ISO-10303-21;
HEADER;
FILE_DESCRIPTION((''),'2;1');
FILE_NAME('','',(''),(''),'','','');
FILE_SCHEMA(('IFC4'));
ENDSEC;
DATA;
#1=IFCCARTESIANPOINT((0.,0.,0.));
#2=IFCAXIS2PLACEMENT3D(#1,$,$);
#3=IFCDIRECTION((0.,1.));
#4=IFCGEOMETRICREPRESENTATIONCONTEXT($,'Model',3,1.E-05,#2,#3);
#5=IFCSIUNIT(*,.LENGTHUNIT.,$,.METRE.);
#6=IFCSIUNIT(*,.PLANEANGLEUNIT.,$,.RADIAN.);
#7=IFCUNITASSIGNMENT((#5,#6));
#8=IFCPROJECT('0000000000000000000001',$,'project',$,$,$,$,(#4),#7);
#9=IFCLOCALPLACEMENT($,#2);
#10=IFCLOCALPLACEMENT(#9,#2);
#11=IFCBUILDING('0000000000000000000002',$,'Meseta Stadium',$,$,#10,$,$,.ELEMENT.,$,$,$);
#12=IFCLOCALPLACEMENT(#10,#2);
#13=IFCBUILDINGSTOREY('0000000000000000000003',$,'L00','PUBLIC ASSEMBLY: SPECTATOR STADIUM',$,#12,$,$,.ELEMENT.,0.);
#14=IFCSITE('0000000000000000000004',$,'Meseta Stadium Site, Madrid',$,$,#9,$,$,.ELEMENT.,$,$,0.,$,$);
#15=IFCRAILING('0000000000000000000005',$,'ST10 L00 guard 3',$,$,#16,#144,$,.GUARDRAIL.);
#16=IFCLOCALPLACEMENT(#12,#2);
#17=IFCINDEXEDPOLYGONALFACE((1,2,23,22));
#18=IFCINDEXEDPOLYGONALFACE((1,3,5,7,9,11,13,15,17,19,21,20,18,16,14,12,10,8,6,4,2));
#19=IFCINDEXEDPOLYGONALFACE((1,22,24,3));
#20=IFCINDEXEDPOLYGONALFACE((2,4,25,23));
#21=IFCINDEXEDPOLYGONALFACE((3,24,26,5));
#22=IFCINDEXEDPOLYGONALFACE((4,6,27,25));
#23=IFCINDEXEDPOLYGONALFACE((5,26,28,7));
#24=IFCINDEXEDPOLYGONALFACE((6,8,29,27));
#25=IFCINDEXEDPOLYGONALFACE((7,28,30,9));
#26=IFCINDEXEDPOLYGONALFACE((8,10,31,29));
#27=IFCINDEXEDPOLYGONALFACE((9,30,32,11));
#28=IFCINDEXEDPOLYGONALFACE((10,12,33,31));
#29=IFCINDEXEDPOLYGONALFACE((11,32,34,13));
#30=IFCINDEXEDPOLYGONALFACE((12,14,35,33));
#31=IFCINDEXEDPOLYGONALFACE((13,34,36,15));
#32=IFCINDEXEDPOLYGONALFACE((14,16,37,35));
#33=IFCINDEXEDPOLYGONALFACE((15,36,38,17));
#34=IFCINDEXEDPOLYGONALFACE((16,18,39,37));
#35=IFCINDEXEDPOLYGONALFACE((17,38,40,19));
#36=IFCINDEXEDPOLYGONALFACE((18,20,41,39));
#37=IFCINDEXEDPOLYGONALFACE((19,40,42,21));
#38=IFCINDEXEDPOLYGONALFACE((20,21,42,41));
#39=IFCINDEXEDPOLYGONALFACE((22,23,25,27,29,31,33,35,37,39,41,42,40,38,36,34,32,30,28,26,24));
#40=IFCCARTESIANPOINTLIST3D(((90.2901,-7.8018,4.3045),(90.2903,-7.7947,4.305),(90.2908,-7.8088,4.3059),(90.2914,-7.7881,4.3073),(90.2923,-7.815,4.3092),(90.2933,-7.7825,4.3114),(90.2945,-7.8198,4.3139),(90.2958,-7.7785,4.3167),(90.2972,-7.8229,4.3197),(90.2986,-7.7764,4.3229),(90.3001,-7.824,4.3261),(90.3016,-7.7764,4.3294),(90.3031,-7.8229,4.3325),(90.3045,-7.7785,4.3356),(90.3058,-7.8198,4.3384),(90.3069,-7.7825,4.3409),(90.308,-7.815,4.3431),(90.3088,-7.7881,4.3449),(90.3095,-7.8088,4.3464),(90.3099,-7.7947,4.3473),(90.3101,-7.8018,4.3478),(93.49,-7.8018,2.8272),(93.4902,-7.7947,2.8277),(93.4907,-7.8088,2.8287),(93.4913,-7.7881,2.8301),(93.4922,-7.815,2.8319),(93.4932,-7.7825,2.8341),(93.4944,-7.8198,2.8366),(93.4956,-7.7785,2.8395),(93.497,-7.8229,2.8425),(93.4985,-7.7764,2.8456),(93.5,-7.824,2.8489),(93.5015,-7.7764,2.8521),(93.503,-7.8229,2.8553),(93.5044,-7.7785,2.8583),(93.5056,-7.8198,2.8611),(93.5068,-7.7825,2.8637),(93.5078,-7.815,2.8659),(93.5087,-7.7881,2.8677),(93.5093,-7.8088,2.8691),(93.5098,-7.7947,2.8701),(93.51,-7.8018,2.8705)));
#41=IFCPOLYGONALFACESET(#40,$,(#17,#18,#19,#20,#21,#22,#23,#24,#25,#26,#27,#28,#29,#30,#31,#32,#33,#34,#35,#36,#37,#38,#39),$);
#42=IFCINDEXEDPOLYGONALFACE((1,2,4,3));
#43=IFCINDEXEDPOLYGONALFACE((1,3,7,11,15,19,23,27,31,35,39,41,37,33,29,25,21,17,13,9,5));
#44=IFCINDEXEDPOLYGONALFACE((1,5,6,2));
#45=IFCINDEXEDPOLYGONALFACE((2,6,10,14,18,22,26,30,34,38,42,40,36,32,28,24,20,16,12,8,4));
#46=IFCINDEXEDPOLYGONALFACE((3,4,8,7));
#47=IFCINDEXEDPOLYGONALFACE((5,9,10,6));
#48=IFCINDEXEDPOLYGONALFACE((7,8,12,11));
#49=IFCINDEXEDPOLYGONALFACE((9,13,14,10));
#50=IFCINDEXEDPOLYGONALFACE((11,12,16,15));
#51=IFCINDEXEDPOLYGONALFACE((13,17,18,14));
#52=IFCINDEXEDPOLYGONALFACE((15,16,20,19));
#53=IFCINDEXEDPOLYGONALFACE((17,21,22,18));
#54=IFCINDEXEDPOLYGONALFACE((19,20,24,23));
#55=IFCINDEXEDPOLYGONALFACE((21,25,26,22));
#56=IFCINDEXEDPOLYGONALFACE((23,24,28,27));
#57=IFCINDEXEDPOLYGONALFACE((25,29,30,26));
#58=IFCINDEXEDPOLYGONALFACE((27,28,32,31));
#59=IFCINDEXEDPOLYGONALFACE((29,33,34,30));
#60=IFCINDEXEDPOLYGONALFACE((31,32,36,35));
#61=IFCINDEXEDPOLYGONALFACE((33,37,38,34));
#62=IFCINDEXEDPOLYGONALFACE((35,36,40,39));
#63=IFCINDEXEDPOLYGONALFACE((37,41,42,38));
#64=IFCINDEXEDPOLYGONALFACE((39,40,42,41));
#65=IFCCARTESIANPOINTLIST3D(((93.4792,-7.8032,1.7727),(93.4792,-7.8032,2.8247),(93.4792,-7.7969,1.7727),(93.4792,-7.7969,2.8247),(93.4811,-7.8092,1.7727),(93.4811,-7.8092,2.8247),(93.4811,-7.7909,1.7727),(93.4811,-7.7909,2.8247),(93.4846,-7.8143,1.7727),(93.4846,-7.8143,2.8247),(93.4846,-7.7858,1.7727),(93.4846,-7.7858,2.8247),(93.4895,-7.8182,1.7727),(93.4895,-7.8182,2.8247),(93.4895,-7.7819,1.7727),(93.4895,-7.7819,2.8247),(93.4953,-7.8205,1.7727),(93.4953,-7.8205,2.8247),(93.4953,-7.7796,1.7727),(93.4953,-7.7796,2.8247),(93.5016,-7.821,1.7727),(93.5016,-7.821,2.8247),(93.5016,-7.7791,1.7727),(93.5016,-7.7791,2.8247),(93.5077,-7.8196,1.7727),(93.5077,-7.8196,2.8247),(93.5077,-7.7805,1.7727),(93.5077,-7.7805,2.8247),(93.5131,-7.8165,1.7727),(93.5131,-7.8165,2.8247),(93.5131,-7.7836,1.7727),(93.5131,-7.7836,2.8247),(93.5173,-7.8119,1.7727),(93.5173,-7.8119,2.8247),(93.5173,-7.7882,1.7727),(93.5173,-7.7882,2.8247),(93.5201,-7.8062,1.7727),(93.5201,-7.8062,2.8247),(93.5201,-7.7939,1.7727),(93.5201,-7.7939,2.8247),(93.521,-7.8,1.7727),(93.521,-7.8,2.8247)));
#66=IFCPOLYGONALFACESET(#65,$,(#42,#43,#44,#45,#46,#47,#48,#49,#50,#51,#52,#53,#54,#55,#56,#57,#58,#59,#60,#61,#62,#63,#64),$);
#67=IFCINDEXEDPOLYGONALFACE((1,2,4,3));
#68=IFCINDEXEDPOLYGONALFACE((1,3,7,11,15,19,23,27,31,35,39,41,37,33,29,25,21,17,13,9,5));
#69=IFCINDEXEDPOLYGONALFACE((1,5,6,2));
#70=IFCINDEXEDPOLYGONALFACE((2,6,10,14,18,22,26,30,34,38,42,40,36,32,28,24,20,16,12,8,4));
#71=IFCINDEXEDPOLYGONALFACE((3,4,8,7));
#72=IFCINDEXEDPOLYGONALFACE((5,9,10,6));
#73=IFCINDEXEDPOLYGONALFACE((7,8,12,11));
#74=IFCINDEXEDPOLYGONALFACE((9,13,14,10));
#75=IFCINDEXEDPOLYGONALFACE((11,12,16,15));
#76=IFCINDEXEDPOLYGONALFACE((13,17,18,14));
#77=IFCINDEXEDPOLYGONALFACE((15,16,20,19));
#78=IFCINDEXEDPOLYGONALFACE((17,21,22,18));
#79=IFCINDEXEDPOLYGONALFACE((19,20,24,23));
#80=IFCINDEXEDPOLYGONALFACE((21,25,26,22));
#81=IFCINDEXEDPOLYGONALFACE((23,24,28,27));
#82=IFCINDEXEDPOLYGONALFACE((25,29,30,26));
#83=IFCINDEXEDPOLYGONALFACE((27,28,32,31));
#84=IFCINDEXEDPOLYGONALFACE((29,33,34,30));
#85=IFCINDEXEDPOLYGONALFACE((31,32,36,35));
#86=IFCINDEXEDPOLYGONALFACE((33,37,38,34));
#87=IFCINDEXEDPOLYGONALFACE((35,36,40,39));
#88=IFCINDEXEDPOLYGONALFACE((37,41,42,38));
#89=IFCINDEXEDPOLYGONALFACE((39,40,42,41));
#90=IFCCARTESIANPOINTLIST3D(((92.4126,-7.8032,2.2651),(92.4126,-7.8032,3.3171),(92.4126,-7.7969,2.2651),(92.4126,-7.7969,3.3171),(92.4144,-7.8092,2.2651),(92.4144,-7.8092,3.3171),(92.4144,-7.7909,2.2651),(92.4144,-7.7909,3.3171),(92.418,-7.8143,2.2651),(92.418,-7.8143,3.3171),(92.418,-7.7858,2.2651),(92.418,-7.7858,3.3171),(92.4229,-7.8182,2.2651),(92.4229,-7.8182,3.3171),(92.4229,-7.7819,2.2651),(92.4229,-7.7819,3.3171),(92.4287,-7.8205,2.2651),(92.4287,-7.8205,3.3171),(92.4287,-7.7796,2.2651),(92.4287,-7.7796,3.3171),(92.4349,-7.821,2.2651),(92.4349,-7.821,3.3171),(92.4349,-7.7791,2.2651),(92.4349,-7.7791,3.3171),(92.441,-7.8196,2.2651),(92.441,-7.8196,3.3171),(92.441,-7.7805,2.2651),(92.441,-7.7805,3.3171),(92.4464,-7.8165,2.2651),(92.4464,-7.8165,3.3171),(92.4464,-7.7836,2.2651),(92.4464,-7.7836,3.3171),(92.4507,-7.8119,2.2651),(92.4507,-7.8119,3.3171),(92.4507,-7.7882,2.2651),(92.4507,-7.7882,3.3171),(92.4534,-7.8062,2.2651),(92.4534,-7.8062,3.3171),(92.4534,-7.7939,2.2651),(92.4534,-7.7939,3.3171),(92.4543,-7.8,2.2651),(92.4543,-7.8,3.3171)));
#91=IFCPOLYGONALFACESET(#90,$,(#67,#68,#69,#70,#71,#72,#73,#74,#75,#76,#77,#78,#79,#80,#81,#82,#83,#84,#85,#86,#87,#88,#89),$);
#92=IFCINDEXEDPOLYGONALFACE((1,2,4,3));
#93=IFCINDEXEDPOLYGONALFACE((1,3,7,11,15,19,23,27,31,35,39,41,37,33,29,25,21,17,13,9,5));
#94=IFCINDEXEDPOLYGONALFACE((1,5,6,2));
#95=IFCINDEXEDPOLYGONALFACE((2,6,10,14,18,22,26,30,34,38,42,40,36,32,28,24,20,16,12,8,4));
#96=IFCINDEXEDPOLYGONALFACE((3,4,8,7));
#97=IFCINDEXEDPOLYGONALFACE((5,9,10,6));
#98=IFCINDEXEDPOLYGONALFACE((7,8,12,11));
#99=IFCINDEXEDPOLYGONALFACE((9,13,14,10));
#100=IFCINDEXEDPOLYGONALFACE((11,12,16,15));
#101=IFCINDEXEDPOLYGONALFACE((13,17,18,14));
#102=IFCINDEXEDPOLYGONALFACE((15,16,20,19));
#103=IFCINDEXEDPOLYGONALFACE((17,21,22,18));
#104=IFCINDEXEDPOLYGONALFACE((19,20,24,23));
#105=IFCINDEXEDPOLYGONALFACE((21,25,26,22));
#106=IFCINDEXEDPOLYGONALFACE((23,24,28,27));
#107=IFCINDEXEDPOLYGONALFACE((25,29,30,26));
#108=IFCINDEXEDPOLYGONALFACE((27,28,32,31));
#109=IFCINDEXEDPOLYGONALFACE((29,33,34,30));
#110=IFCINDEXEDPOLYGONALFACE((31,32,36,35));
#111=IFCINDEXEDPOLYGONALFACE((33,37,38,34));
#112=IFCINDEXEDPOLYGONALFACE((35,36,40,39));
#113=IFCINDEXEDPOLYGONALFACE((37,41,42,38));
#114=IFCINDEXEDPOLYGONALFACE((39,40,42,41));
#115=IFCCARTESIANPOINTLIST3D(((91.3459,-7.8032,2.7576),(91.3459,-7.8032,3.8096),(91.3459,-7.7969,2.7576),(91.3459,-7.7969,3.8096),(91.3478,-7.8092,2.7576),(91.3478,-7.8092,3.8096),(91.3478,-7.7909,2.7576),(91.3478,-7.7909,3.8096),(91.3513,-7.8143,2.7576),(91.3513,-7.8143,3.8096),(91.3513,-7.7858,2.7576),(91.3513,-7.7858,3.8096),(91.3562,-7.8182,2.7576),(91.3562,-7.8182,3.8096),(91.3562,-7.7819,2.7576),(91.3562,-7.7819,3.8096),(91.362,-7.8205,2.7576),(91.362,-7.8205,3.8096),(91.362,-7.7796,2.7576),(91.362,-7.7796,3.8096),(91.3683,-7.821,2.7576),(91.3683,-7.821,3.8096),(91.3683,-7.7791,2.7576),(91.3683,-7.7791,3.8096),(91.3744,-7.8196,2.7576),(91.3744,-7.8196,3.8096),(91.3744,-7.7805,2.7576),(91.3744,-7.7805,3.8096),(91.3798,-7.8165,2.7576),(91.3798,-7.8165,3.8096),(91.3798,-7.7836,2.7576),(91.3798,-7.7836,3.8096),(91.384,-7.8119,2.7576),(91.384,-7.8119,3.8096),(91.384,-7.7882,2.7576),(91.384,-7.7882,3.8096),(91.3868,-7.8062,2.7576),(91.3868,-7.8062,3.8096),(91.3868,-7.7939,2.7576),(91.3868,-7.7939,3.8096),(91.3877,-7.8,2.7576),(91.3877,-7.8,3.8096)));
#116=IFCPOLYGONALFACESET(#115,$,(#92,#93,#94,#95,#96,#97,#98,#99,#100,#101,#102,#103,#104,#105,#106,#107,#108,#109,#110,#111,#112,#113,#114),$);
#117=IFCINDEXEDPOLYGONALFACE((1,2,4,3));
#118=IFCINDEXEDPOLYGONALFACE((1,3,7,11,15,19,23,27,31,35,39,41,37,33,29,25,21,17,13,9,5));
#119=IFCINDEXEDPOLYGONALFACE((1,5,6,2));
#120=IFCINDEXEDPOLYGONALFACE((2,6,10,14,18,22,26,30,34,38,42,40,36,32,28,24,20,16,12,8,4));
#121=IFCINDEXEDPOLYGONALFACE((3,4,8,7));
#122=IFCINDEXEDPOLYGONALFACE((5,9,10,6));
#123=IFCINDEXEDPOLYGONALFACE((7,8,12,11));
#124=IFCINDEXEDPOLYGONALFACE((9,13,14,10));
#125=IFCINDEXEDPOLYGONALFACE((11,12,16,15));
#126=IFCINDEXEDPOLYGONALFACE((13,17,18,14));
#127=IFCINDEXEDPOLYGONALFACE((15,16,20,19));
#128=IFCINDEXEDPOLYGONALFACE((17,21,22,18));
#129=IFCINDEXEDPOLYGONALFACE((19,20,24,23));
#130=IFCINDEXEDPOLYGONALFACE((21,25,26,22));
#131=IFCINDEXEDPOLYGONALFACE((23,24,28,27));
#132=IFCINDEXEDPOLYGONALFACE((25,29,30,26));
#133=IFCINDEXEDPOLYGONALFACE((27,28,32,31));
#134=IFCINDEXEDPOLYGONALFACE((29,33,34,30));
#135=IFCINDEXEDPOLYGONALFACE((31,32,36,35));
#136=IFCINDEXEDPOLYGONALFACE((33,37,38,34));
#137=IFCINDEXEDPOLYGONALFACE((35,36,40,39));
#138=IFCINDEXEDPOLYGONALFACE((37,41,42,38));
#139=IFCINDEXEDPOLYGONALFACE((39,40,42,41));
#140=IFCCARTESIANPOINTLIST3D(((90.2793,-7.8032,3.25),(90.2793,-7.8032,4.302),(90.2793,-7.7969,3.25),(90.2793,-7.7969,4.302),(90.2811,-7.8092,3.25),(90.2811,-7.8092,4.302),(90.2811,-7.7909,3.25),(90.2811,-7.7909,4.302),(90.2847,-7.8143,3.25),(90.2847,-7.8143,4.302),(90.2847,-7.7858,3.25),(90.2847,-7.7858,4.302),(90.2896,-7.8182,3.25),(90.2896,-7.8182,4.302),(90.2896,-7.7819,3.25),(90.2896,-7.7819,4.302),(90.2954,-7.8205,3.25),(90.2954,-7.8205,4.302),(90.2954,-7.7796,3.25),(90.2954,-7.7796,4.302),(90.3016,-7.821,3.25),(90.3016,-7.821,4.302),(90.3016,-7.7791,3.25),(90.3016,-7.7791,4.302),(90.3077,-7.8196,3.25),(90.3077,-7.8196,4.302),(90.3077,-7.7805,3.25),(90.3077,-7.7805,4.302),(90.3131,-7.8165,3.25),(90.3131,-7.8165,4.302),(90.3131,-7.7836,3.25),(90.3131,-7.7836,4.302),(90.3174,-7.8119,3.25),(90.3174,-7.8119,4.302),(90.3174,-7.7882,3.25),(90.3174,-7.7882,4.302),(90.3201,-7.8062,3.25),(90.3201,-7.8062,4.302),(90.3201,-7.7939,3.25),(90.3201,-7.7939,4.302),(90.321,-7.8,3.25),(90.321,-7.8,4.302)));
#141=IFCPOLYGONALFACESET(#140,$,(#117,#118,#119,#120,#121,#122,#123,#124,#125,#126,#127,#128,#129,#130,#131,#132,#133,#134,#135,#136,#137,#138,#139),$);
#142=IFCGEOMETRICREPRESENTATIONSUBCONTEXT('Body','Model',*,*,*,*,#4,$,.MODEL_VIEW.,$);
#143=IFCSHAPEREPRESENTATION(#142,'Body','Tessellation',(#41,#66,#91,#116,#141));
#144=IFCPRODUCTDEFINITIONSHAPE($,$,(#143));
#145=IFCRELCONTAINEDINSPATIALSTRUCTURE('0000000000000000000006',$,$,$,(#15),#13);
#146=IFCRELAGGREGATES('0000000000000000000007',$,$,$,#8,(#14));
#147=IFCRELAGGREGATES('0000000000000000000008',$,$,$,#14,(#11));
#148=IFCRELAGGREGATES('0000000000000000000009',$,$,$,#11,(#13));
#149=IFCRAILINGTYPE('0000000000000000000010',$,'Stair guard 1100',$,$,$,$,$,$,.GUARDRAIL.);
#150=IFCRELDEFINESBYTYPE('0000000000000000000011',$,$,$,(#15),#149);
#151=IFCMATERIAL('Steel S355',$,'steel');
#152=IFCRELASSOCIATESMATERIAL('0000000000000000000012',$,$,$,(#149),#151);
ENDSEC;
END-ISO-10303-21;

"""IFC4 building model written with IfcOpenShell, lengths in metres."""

from ifc_helpers import new_model, si_unit, direction, frame, origin, origin_2d, place, context, subcontext, project, spatial, circle, extrude, material, type_object, element, save


model = new_model("IFC4")

# Units and contexts
model_context = context("Model", 3, precision=1e-05, world=origin(), true_north=direction((0.0, 1.0)))
body_context = subcontext(model_context, "Body", "Model", "MODEL_VIEW")
ifc_project = project(units=[si_unit("LENGTHUNIT", "METRE"), si_unit("PLANEANGLEUNIT", "RADIAN")], contexts=[model_context])

# Site, building, storey
site_placement = place(None, origin())
site = spatial("IfcSite", under=ifc_project, at=site_placement, Name="Meseta Stadium Site, Madrid", CompositionType="ELEMENT", RefElevation=0.0)
building_placement = place(site_placement, origin())
building = spatial("IfcBuilding", under=site, at=building_placement, Name="Meseta Stadium", CompositionType="ELEMENT")
storey_placement = place(building_placement, origin())
storey = spatial("IfcBuildingStorey", under=building, at=storey_placement, Name="L00", Description="PUBLIC ASSEMBLY: SPECTATOR STADIUM", CompositionType="ELEMENT", Elevation=0.0)

# Railing
ifc_material_1 = material(Name="Steel S355", Category="steel")
railing_type_1 = type_object("IfcRailingType", Name="Stair guard 1100", PredefinedType="GUARDRAIL", material=ifc_material_1)
railing_1_placement = place(storey_placement, frame((93.5, -7.8, 1.7727)))
element("IfcRailing", 1, at=railing_1_placement, inside=storey, type_object=railing_type_1, Name="ST10 L00 guard 3", PredefinedType="GUARDRAIL", context=body_context, shape_type="SweptSolid", body=[
    extrude(circle(Radius=0.0239, at=origin_2d()), frame((0.0, 0.0, 1.0762), z_axis=(-0.907917, 0.0, 0.41915), x_axis=(0.0, -1.0, 0.0)), (0.0, 0.0, 1.0), 3.5244),
    extrude(circle(Radius=0.021, at=origin_2d()), origin(), (0.0, 0.0, 1.0), 1.052),
    extrude(circle(Radius=0.021, at=origin_2d()), frame((-1.0667, 0.0, 0.4924)), (0.0, 0.0, 1.0), 1.052),
    extrude(circle(Radius=0.021, at=origin_2d()), frame((-2.1333, 0.0, 0.9849)), (0.0, 0.0, 1.0), 1.052),
    extrude(circle(Radius=0.021, at=origin_2d()), frame((-3.2, 0.0, 1.4773)), (0.0, 0.0, 1.0), 1.052),
])

save(model, "model.ifc")
